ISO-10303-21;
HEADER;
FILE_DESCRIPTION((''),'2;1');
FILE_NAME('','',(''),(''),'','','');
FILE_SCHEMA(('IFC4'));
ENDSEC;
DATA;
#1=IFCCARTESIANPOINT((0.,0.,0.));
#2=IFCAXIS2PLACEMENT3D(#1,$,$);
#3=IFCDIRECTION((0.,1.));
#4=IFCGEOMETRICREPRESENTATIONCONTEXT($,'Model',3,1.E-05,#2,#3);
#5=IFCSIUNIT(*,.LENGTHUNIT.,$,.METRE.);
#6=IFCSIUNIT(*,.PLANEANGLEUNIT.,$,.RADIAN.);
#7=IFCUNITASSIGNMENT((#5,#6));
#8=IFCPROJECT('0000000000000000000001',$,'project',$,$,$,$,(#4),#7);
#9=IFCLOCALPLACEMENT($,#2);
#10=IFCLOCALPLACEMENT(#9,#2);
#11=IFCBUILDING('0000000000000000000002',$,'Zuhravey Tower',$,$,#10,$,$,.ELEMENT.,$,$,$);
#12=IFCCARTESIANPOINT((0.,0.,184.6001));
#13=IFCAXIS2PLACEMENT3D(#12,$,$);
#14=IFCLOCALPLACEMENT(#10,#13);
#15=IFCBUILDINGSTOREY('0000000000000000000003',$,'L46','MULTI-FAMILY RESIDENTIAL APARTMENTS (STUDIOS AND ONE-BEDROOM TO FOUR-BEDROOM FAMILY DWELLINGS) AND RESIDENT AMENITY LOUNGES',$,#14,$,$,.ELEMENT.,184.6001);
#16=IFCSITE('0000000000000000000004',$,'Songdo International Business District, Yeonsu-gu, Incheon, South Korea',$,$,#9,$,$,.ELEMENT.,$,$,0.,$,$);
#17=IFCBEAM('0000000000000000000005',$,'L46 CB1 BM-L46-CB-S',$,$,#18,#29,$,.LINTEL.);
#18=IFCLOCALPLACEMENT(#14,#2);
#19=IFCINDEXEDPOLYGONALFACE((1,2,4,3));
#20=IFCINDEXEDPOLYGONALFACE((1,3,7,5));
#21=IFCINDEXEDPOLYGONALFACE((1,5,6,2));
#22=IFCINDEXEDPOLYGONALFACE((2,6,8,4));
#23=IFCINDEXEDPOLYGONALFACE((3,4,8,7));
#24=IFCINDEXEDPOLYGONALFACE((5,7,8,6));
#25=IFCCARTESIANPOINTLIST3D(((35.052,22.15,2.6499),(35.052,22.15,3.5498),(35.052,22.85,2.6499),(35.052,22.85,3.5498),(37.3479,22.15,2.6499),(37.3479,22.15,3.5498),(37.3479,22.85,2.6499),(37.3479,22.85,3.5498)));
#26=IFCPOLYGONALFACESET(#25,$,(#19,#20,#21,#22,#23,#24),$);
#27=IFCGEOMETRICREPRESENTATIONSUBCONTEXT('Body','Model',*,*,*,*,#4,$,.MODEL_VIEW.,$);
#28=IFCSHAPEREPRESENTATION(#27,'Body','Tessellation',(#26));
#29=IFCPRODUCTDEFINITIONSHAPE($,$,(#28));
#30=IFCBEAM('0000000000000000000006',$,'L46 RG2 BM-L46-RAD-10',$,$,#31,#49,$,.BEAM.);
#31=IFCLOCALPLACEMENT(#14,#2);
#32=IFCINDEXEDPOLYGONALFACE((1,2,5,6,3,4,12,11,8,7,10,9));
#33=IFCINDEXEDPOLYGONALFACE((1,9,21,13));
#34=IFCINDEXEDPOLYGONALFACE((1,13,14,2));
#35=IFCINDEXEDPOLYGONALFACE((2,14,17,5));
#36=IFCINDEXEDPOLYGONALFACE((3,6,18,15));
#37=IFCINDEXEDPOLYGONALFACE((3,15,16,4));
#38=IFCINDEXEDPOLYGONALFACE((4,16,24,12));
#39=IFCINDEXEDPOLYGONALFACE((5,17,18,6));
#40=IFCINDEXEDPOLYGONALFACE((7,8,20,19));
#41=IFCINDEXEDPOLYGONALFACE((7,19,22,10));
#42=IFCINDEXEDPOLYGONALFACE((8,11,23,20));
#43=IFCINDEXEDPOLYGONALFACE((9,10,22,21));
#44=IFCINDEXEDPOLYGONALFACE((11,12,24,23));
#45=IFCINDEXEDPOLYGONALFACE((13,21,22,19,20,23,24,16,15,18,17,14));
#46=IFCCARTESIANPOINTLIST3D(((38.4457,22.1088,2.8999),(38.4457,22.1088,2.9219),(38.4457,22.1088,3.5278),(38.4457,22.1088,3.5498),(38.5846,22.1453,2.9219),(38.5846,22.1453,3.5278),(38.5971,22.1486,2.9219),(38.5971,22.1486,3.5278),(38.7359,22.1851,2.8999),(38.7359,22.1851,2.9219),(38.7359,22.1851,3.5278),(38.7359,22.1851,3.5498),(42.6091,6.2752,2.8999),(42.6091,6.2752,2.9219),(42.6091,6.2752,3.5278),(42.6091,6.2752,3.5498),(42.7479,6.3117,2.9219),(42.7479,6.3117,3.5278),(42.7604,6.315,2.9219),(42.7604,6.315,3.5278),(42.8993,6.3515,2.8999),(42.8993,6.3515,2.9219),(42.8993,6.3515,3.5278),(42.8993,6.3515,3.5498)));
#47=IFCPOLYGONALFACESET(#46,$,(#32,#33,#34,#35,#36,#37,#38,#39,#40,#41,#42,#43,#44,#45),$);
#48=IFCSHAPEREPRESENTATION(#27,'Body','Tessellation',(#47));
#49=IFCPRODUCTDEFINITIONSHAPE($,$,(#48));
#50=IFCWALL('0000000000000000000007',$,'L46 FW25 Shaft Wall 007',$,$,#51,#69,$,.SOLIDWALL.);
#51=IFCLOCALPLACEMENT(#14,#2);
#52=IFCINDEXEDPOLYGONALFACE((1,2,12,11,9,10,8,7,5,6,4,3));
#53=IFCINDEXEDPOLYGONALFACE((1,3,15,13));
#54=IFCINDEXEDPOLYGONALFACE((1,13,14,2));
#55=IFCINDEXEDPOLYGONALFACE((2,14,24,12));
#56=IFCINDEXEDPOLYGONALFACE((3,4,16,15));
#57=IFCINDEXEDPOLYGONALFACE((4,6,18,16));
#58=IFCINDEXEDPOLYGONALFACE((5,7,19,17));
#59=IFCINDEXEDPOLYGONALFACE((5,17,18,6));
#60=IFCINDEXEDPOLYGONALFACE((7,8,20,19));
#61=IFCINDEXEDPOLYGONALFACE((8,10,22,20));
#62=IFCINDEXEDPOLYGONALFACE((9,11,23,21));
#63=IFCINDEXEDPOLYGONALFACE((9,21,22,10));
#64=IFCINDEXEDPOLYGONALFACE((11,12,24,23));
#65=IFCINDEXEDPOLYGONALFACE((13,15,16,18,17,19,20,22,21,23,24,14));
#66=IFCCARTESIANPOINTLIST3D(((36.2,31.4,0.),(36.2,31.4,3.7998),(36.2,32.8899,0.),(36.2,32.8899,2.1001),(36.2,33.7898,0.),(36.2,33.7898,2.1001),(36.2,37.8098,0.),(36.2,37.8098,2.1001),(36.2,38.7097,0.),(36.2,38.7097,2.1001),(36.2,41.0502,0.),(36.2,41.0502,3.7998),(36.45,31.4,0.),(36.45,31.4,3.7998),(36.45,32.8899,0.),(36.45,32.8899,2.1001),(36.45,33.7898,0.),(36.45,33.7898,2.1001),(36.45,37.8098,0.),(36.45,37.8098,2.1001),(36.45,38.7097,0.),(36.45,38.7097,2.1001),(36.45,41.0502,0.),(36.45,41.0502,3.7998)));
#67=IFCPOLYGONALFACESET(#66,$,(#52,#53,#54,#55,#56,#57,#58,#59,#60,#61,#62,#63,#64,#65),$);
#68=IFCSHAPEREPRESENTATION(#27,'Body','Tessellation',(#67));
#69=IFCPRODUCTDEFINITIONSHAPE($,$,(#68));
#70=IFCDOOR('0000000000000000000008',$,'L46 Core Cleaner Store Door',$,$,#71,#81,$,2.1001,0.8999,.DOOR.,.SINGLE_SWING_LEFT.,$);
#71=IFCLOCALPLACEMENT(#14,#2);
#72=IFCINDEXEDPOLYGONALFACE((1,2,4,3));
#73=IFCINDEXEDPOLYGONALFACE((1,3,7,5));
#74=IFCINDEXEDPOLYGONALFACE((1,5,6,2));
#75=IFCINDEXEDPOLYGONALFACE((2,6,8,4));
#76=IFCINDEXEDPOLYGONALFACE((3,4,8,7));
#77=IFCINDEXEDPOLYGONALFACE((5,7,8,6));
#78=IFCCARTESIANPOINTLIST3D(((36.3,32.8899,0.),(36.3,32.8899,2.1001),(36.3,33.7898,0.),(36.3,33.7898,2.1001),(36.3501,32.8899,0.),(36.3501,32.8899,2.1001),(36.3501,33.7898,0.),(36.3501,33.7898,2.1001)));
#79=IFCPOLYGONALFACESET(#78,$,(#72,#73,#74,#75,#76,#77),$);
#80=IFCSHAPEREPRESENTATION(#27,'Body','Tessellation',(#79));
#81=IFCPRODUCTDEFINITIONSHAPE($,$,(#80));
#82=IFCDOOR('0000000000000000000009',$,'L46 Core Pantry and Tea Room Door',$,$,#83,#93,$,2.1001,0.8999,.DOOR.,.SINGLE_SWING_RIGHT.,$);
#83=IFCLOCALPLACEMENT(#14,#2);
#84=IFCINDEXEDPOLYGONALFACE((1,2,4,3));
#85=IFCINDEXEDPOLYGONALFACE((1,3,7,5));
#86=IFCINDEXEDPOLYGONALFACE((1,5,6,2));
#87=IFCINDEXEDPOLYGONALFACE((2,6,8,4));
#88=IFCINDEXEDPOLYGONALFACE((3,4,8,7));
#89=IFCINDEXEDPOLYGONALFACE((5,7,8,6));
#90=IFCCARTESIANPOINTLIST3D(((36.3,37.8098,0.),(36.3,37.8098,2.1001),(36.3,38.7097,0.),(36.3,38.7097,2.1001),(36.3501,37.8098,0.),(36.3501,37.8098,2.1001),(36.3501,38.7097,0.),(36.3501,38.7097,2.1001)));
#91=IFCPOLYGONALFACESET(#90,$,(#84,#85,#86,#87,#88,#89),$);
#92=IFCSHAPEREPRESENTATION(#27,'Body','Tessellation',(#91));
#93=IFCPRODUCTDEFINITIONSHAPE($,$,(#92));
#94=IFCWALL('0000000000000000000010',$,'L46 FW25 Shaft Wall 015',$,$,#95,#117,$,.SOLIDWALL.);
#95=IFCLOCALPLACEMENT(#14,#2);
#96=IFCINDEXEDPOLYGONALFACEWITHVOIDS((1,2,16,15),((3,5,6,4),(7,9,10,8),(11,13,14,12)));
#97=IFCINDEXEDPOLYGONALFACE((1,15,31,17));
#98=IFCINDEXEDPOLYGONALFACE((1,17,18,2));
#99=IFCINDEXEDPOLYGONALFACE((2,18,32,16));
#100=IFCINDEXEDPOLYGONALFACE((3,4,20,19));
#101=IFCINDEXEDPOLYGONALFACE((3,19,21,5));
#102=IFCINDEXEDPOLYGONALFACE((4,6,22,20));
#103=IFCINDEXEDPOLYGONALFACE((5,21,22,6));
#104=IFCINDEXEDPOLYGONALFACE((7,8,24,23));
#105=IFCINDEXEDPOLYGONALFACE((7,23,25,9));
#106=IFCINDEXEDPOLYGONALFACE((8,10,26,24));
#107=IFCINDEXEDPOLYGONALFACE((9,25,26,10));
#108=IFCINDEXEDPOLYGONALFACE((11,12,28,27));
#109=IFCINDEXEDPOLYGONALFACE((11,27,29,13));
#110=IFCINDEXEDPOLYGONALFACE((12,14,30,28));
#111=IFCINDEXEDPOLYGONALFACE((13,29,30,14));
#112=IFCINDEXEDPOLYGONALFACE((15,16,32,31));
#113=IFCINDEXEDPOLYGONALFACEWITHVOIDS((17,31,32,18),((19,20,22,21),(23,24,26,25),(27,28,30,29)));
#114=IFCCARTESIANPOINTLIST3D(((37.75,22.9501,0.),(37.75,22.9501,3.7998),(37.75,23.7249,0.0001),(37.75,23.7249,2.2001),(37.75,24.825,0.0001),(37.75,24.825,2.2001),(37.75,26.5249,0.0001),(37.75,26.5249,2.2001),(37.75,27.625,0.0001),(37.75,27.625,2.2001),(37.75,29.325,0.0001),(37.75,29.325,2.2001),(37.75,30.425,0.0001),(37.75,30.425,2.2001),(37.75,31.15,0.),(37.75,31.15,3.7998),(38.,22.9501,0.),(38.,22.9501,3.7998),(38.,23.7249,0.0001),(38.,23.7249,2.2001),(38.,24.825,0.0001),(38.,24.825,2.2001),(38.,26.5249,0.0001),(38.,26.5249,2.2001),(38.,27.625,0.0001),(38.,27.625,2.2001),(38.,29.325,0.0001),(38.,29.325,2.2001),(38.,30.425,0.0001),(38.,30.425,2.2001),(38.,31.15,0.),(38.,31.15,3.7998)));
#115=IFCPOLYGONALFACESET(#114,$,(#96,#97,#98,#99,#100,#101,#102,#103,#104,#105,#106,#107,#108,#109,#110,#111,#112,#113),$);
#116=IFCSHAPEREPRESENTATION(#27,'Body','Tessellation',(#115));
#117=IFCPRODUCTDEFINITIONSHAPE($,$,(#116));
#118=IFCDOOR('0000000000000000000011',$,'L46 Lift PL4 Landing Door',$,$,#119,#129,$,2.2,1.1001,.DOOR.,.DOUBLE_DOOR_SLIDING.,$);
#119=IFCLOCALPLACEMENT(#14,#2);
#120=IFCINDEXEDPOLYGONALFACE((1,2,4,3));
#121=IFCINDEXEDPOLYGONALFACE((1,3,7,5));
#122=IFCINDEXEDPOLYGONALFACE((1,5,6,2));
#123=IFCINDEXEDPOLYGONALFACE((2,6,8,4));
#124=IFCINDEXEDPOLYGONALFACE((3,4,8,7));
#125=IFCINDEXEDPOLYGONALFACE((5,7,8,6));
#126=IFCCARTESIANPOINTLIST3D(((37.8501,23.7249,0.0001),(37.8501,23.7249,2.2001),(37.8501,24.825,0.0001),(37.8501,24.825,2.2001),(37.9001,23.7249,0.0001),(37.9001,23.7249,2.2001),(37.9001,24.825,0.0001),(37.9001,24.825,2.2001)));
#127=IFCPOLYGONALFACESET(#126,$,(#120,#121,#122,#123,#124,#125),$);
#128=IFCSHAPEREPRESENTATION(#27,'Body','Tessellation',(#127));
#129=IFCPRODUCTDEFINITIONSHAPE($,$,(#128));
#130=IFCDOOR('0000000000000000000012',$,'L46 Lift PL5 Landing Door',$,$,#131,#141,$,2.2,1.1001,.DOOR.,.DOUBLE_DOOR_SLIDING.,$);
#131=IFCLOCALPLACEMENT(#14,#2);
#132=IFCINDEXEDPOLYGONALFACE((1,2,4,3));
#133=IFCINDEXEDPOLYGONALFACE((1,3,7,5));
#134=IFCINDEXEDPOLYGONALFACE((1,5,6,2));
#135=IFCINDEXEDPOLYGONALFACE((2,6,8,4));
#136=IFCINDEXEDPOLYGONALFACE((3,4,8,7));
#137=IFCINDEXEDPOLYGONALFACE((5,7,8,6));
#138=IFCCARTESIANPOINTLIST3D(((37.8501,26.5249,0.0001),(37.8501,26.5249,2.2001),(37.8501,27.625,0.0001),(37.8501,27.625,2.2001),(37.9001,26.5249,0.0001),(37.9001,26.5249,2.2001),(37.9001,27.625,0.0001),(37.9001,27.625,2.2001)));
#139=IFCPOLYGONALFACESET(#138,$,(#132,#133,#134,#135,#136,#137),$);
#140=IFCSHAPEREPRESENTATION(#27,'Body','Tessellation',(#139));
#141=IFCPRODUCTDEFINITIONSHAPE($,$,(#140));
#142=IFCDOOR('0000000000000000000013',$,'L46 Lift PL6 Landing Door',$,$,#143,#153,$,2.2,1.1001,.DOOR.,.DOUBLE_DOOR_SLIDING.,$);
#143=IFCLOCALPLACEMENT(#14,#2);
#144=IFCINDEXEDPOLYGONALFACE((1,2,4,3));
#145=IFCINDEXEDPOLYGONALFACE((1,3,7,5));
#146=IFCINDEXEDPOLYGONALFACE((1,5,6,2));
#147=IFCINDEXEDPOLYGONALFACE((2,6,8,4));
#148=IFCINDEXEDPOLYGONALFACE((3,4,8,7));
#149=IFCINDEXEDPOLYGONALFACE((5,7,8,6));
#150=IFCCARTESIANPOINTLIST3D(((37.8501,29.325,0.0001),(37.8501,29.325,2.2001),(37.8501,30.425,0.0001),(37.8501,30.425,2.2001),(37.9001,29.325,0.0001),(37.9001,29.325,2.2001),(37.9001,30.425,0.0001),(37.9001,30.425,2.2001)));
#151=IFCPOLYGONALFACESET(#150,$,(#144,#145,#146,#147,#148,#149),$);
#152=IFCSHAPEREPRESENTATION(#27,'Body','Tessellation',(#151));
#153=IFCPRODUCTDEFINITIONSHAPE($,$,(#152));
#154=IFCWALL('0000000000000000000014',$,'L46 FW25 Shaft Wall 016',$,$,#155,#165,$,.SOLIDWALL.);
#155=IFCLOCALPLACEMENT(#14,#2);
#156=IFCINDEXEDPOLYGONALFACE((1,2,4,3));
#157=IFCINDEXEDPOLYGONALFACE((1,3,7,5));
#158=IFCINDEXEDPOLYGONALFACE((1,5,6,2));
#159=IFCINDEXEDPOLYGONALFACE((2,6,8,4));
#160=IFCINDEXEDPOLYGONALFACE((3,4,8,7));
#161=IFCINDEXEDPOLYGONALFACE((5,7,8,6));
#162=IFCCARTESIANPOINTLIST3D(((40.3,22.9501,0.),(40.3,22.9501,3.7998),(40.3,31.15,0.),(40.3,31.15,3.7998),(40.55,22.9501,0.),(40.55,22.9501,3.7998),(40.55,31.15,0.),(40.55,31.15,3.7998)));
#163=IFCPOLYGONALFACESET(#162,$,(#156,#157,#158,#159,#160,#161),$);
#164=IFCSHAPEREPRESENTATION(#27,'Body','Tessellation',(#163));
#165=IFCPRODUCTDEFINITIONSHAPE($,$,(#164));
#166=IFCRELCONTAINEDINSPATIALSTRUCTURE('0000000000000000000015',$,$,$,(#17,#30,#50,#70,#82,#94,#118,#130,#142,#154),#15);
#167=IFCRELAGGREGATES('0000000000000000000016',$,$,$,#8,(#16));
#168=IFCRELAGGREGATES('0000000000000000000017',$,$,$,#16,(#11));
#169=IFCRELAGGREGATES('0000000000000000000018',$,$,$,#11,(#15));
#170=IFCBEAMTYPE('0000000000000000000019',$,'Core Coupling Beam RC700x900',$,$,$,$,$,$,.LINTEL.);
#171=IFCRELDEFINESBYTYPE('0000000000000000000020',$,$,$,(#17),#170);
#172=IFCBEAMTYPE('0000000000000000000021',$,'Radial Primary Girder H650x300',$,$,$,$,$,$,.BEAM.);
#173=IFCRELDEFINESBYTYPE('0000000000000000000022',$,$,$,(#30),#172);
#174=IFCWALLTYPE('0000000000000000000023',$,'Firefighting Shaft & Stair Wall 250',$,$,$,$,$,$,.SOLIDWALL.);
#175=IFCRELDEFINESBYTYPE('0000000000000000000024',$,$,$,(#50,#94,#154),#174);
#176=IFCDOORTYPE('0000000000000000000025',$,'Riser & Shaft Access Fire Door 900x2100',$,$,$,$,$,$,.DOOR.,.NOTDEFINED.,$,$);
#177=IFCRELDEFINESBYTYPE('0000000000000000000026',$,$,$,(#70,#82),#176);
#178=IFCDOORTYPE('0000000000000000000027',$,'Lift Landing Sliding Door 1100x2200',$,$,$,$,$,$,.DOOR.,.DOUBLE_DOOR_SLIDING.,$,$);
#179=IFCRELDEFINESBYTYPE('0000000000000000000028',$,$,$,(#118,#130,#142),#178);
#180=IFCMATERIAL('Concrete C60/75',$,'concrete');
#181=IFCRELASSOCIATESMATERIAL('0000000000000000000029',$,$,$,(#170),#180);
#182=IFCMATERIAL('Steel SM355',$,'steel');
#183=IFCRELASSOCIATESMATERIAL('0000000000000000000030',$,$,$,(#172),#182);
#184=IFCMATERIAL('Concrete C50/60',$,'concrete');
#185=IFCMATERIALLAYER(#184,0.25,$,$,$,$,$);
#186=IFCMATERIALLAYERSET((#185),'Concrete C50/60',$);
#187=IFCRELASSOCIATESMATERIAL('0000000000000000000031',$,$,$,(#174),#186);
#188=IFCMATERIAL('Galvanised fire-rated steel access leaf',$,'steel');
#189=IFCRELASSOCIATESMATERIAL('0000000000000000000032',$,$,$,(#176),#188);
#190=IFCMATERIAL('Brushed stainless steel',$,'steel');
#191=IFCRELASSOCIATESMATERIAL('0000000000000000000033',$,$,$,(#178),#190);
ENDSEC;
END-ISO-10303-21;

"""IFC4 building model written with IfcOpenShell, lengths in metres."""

from ifc_helpers import new_model, si_unit, direction, frame, frame_2d, origin, origin_2d, place, context, subcontext, project, spatial, rectangle, i_section, extrude, material, layer, layer_set, material_profile, profile_set, type_object, element, fill, save


model = new_model("IFC4")

# Units and contexts
model_context = context("Model", 3, precision=1e-05, world=origin(), true_north=direction((0.0, 1.0)))
body_context = subcontext(model_context, "Body", "Model", "MODEL_VIEW")
ifc_project = project(units=[si_unit("LENGTHUNIT", "METRE"), si_unit("PLANEANGLEUNIT", "RADIAN")], contexts=[model_context])

# Site, building, storey
site_placement = place(None, origin())
site = spatial("IfcSite", under=ifc_project, at=site_placement, Name="Songdo International Business District, Yeonsu-gu, Incheon, South Korea", CompositionType="ELEMENT", RefElevation=0.0)
building_placement = place(site_placement, origin())
building = spatial("IfcBuilding", under=site, at=building_placement, Name="Zuhravey Tower", CompositionType="ELEMENT")
storey_placement = place(building_placement, frame((0.0, 0.0, 184.6001)))
storey = spatial("IfcBuildingStorey", under=building, at=storey_placement, Name="L46", Description="MULTI-FAMILY RESIDENTIAL APARTMENTS (STUDIOS AND ONE-BEDROOM TO FOUR-BEDROOM FAMILY DWELLINGS) AND RESIDENT AMENITY LOUNGES", CompositionType="ELEMENT", Elevation=184.6001)

# Beams
ifc_material_1 = material(Name="Concrete C60/75", Category="concrete")
ifc_material_profile_1 = material_profile(ifc_material_1, rectangle(XDim=0.7, YDim=0.8999, at=origin_2d()), Name="RC-700x900")
ifc_profile_set_1 = profile_set([ifc_material_profile_1], Name="Concrete C60/75")
beam_type_1 = type_object("IfcBeamType", Name="Core Coupling Beam RC700x900", PredefinedType="LINTEL", material=ifc_profile_set_1)
beam_1_placement = place(storey_placement, frame((35.052, 22.5, 3.0999), z_axis=(1.0, 0.0, 0.0), x_axis=(0.0, 1.0, 0.0)))
element("IfcBeam", 1, at=beam_1_placement, inside=storey, type_object=beam_type_1, Name="L46 CB1 BM-L46-CB-S", PredefinedType="LINTEL", context=body_context, shape_type="SweptSolid", body=[
    extrude(rectangle(XDim=0.7, YDim=0.8999, at=origin_2d()), origin(), (0.0, 0.0, 1.0), 2.2959),
])
ifc_material_2 = material(Name="Steel SM355", Category="steel")
ifc_material_profile_2 = material_profile(ifc_material_2, i_section(OverallWidth=0.3, OverallDepth=0.6499, WebThickness=0.0129, FlangeThickness=0.022, at=origin_2d()), Name="H-650x300x13x22")
ifc_profile_set_2 = profile_set([ifc_material_profile_2], Name="Steel SM355")
beam_type_2 = type_object("IfcBeamType", Name="Radial Primary Girder H650x300", PredefinedType="BEAM", material=ifc_profile_set_2)
beam_2_placement = place(storey_placement, frame((38.5908, 22.147, 3.2249), z_axis=(0.2543, -0.967125, 0.0), x_axis=(0.967125, 0.2543, 0.0)))
element("IfcBeam", 2, at=beam_2_placement, inside=storey, type_object=beam_type_2, Name="L46 RG2 BM-L46-RAD-10", PredefinedType="BEAM", context=body_context, shape_type="SweptSolid", body=[
    extrude(i_section(OverallWidth=0.3, OverallDepth=0.6499, WebThickness=0.0129, FlangeThickness=0.022, at=origin_2d()), origin(), (0.0, 0.0, 1.0), 16.3718),
])

# Shared definitions
ifc_material_3 = material(Name="Concrete C50/60", Category="concrete")
ifc_layer_1 = layer(ifc_material_3, 0.25)
ifc_layer_set_1 = layer_set([ifc_layer_1], Name="Concrete C50/60")
wall_type_1 = type_object("IfcWallType", Name="Firefighting Shaft & Stair Wall 250", PredefinedType="SOLIDWALL", material=ifc_layer_set_1)

# Walls, openings, doors
wall_1_placement = place(storey_placement, frame((36.325, 31.3999, 0.0), z_axis=(0.0, 0.0, 1.0), x_axis=(0.0, 1.0, 0.0)))
wall_1 = element("IfcWall", 3, at=wall_1_placement, inside=storey, type_object=wall_type_1, Name="L46 FW25 Shaft Wall 007", PredefinedType="SOLIDWALL", context=body_context, shape_type="SweptSolid", body=[
    extrude(rectangle(XDim=9.6501, YDim=0.25, at=frame_2d((4.8252, 0.0))), origin(), (0.0, 0.0, 1.0), 3.7998),
])
opening_1_placement = place(wall_1_placement, frame((1.49, 0.0, 0.0)))
opening_1 = element("IfcOpeningElement", 4, at=opening_1_placement, cuts=wall_1, PredefinedType="OPENING", context=body_context, shape_type="SweptSolid", body=[
    extrude(rectangle(XDim=0.8999, YDim=2.1001, at=frame_2d((0.45, 1.05))), frame((0.0, 0.137, 0.0), z_axis=(0.0, -1.0, 0.0), x_axis=(1.0, 0.0, 0.0)), (0.0, 0.0, 1.0), 0.2739),
])
opening_2_placement = place(wall_1_placement, frame((6.4099, 0.0, 0.0)))
opening_2 = element("IfcOpeningElement", 5, at=opening_2_placement, cuts=wall_1, PredefinedType="OPENING", context=body_context, shape_type="SweptSolid", body=[
    extrude(rectangle(XDim=0.8999, YDim=2.1001, at=frame_2d((0.45, 1.05))), frame((0.0, 0.137, 0.0), z_axis=(0.0, -1.0, 0.0), x_axis=(1.0, 0.0, 0.0)), (0.0, 0.0, 1.0), 0.2739),
])
ifc_material_4 = material(Name="Galvanised fire-rated steel access leaf", Category="steel")
door_type_1 = type_object("IfcDoorType", Name="Riser & Shaft Access Fire Door 900x2100", OperationType="NOTDEFINED", PredefinedType="DOOR", material=ifc_material_4)
door_1_placement = place(opening_1_placement, origin())
door_1 = element("IfcDoor", 6, at=door_1_placement, inside=storey, type_object=door_type_1, Name="L46 Core Cleaner Store Door", OperationType="SINGLE_SWING_LEFT", OverallHeight=2.1001, OverallWidth=0.8999, PredefinedType="DOOR", context=body_context, shape_type="SweptSolid", body=[
    extrude(rectangle(XDim=0.8999, YDim=2.1001, at=frame_2d((0.45, 1.05))), frame((0.0, 0.0249, 0.0), z_axis=(0.0, -1.0, 0.0), x_axis=(1.0, 0.0, 0.0)), (0.0, 0.0, 1.0), 0.05),
])
fill(opening_1, door_1)
door_2_placement = place(opening_2_placement, origin())
door_2 = element("IfcDoor", 7, at=door_2_placement, inside=storey, type_object=door_type_1, Name="L46 Core Pantry and Tea Room Door", OperationType="SINGLE_SWING_RIGHT", OverallHeight=2.1001, OverallWidth=0.8999, PredefinedType="DOOR", context=body_context, shape_type="SweptSolid", body=[
    extrude(rectangle(XDim=0.8999, YDim=2.1001, at=frame_2d((0.45, 1.05))), frame((0.0, 0.0249, 0.0), z_axis=(0.0, -1.0, 0.0), x_axis=(1.0, 0.0, 0.0)), (0.0, 0.0, 1.0), 0.05),
])
fill(opening_2, door_2)
wall_2_placement = place(storey_placement, frame((37.875, 22.95, 0.0), z_axis=(0.0, 0.0, 1.0), x_axis=(0.0, 1.0, 0.0)))
wall_2 = element("IfcWall", 8, at=wall_2_placement, inside=storey, type_object=wall_type_1, Name="L46 FW25 Shaft Wall 015", PredefinedType="SOLIDWALL", context=body_context, shape_type="SweptSolid", body=[
    extrude(rectangle(XDim=8.2, YDim=0.25, at=frame_2d((4.1001, 0.0))), origin(), (0.0, 0.0, 1.0), 3.7998),
])
opening_3_placement = place(wall_2_placement, frame((0.7749, 0.0, 0.0)))
opening_3 = element("IfcOpeningElement", 9, at=opening_3_placement, cuts=wall_2, PredefinedType="OPENING", context=body_context, shape_type="SweptSolid", body=[
    extrude(rectangle(XDim=1.1001, YDim=2.2, at=frame_2d((0.55, 1.1001))), frame((0.0, 0.137, 0.0), z_axis=(0.0, -1.0, 0.0), x_axis=(1.0, 0.0, 0.0)), (0.0, 0.0, 1.0), 0.2739),
])
opening_4_placement = place(wall_2_placement, frame((3.575, 0.0, 0.0)))
opening_4 = element("IfcOpeningElement", 10, at=opening_4_placement, cuts=wall_2, PredefinedType="OPENING", context=body_context, shape_type="SweptSolid", body=[
    extrude(rectangle(XDim=1.1001, YDim=2.2, at=frame_2d((0.55, 1.1001))), frame((0.0, 0.137, 0.0), z_axis=(0.0, -1.0, 0.0), x_axis=(1.0, 0.0, 0.0)), (0.0, 0.0, 1.0), 0.2739),
])
opening_5_placement = place(wall_2_placement, frame((6.375, 0.0, 0.0)))
opening_5 = element("IfcOpeningElement", 11, at=opening_5_placement, cuts=wall_2, PredefinedType="OPENING", context=body_context, shape_type="SweptSolid", body=[
    extrude(rectangle(XDim=1.1001, YDim=2.2, at=frame_2d((0.55, 1.1001))), frame((0.0, 0.137, 0.0), z_axis=(0.0, -1.0, 0.0), x_axis=(1.0, 0.0, 0.0)), (0.0, 0.0, 1.0), 0.2739),
])
ifc_material_5 = material(Name="Brushed stainless steel", Category="steel")
door_type_2 = type_object("IfcDoorType", Name="Lift Landing Sliding Door 1100x2200", OperationType="DOUBLE_DOOR_SLIDING", PredefinedType="DOOR", material=ifc_material_5)
door_3_placement = place(opening_3_placement, origin())
door_3 = element("IfcDoor", 12, at=door_3_placement, inside=storey, type_object=door_type_2, Name="L46 Lift PL4 Landing Door", OperationType="DOUBLE_DOOR_SLIDING", OverallHeight=2.2, OverallWidth=1.1001, PredefinedType="DOOR", context=body_context, shape_type="SweptSolid", body=[
    extrude(rectangle(XDim=1.1001, YDim=2.2, at=frame_2d((0.55, 1.1001))), frame((0.0, 0.0249, 0.0), z_axis=(0.0, -1.0, 0.0), x_axis=(1.0, 0.0, 0.0)), (0.0, 0.0, 1.0), 0.05),
])
fill(opening_3, door_3)
door_4_placement = place(opening_4_placement, origin())
door_4 = element("IfcDoor", 13, at=door_4_placement, inside=storey, type_object=door_type_2, Name="L46 Lift PL5 Landing Door", OperationType="DOUBLE_DOOR_SLIDING", OverallHeight=2.2, OverallWidth=1.1001, PredefinedType="DOOR", context=body_context, shape_type="SweptSolid", body=[
    extrude(rectangle(XDim=1.1001, YDim=2.2, at=frame_2d((0.55, 1.1001))), frame((0.0, 0.0249, 0.0), z_axis=(0.0, -1.0, 0.0), x_axis=(1.0, 0.0, 0.0)), (0.0, 0.0, 1.0), 0.05),
])
fill(opening_4, door_4)
door_5_placement = place(opening_5_placement, origin())
door_5 = element("IfcDoor", 14, at=door_5_placement, inside=storey, type_object=door_type_2, Name="L46 Lift PL6 Landing Door", OperationType="DOUBLE_DOOR_SLIDING", OverallHeight=2.2, OverallWidth=1.1001, PredefinedType="DOOR", context=body_context, shape_type="SweptSolid", body=[
    extrude(rectangle(XDim=1.1001, YDim=2.2, at=frame_2d((0.55, 1.1001))), frame((0.0, 0.0249, 0.0), z_axis=(0.0, -1.0, 0.0), x_axis=(1.0, 0.0, 0.0)), (0.0, 0.0, 1.0), 0.05),
])
fill(opening_5, door_5)

# Wall
wall_3_placement = place(storey_placement, frame((40.425, 22.95, 0.0), z_axis=(0.0, 0.0, 1.0), x_axis=(0.0, 1.0, 0.0)))
element("IfcWall", 15, at=wall_3_placement, inside=storey, type_object=wall_type_1, Name="L46 FW25 Shaft Wall 016", PredefinedType="SOLIDWALL", context=body_context, shape_type="SweptSolid", body=[
    extrude(rectangle(XDim=8.2, YDim=0.25, at=frame_2d((4.1001, 0.0))), origin(), (0.0, 0.0, 1.0), 3.7998),
])

save(model, "model.ifc")
